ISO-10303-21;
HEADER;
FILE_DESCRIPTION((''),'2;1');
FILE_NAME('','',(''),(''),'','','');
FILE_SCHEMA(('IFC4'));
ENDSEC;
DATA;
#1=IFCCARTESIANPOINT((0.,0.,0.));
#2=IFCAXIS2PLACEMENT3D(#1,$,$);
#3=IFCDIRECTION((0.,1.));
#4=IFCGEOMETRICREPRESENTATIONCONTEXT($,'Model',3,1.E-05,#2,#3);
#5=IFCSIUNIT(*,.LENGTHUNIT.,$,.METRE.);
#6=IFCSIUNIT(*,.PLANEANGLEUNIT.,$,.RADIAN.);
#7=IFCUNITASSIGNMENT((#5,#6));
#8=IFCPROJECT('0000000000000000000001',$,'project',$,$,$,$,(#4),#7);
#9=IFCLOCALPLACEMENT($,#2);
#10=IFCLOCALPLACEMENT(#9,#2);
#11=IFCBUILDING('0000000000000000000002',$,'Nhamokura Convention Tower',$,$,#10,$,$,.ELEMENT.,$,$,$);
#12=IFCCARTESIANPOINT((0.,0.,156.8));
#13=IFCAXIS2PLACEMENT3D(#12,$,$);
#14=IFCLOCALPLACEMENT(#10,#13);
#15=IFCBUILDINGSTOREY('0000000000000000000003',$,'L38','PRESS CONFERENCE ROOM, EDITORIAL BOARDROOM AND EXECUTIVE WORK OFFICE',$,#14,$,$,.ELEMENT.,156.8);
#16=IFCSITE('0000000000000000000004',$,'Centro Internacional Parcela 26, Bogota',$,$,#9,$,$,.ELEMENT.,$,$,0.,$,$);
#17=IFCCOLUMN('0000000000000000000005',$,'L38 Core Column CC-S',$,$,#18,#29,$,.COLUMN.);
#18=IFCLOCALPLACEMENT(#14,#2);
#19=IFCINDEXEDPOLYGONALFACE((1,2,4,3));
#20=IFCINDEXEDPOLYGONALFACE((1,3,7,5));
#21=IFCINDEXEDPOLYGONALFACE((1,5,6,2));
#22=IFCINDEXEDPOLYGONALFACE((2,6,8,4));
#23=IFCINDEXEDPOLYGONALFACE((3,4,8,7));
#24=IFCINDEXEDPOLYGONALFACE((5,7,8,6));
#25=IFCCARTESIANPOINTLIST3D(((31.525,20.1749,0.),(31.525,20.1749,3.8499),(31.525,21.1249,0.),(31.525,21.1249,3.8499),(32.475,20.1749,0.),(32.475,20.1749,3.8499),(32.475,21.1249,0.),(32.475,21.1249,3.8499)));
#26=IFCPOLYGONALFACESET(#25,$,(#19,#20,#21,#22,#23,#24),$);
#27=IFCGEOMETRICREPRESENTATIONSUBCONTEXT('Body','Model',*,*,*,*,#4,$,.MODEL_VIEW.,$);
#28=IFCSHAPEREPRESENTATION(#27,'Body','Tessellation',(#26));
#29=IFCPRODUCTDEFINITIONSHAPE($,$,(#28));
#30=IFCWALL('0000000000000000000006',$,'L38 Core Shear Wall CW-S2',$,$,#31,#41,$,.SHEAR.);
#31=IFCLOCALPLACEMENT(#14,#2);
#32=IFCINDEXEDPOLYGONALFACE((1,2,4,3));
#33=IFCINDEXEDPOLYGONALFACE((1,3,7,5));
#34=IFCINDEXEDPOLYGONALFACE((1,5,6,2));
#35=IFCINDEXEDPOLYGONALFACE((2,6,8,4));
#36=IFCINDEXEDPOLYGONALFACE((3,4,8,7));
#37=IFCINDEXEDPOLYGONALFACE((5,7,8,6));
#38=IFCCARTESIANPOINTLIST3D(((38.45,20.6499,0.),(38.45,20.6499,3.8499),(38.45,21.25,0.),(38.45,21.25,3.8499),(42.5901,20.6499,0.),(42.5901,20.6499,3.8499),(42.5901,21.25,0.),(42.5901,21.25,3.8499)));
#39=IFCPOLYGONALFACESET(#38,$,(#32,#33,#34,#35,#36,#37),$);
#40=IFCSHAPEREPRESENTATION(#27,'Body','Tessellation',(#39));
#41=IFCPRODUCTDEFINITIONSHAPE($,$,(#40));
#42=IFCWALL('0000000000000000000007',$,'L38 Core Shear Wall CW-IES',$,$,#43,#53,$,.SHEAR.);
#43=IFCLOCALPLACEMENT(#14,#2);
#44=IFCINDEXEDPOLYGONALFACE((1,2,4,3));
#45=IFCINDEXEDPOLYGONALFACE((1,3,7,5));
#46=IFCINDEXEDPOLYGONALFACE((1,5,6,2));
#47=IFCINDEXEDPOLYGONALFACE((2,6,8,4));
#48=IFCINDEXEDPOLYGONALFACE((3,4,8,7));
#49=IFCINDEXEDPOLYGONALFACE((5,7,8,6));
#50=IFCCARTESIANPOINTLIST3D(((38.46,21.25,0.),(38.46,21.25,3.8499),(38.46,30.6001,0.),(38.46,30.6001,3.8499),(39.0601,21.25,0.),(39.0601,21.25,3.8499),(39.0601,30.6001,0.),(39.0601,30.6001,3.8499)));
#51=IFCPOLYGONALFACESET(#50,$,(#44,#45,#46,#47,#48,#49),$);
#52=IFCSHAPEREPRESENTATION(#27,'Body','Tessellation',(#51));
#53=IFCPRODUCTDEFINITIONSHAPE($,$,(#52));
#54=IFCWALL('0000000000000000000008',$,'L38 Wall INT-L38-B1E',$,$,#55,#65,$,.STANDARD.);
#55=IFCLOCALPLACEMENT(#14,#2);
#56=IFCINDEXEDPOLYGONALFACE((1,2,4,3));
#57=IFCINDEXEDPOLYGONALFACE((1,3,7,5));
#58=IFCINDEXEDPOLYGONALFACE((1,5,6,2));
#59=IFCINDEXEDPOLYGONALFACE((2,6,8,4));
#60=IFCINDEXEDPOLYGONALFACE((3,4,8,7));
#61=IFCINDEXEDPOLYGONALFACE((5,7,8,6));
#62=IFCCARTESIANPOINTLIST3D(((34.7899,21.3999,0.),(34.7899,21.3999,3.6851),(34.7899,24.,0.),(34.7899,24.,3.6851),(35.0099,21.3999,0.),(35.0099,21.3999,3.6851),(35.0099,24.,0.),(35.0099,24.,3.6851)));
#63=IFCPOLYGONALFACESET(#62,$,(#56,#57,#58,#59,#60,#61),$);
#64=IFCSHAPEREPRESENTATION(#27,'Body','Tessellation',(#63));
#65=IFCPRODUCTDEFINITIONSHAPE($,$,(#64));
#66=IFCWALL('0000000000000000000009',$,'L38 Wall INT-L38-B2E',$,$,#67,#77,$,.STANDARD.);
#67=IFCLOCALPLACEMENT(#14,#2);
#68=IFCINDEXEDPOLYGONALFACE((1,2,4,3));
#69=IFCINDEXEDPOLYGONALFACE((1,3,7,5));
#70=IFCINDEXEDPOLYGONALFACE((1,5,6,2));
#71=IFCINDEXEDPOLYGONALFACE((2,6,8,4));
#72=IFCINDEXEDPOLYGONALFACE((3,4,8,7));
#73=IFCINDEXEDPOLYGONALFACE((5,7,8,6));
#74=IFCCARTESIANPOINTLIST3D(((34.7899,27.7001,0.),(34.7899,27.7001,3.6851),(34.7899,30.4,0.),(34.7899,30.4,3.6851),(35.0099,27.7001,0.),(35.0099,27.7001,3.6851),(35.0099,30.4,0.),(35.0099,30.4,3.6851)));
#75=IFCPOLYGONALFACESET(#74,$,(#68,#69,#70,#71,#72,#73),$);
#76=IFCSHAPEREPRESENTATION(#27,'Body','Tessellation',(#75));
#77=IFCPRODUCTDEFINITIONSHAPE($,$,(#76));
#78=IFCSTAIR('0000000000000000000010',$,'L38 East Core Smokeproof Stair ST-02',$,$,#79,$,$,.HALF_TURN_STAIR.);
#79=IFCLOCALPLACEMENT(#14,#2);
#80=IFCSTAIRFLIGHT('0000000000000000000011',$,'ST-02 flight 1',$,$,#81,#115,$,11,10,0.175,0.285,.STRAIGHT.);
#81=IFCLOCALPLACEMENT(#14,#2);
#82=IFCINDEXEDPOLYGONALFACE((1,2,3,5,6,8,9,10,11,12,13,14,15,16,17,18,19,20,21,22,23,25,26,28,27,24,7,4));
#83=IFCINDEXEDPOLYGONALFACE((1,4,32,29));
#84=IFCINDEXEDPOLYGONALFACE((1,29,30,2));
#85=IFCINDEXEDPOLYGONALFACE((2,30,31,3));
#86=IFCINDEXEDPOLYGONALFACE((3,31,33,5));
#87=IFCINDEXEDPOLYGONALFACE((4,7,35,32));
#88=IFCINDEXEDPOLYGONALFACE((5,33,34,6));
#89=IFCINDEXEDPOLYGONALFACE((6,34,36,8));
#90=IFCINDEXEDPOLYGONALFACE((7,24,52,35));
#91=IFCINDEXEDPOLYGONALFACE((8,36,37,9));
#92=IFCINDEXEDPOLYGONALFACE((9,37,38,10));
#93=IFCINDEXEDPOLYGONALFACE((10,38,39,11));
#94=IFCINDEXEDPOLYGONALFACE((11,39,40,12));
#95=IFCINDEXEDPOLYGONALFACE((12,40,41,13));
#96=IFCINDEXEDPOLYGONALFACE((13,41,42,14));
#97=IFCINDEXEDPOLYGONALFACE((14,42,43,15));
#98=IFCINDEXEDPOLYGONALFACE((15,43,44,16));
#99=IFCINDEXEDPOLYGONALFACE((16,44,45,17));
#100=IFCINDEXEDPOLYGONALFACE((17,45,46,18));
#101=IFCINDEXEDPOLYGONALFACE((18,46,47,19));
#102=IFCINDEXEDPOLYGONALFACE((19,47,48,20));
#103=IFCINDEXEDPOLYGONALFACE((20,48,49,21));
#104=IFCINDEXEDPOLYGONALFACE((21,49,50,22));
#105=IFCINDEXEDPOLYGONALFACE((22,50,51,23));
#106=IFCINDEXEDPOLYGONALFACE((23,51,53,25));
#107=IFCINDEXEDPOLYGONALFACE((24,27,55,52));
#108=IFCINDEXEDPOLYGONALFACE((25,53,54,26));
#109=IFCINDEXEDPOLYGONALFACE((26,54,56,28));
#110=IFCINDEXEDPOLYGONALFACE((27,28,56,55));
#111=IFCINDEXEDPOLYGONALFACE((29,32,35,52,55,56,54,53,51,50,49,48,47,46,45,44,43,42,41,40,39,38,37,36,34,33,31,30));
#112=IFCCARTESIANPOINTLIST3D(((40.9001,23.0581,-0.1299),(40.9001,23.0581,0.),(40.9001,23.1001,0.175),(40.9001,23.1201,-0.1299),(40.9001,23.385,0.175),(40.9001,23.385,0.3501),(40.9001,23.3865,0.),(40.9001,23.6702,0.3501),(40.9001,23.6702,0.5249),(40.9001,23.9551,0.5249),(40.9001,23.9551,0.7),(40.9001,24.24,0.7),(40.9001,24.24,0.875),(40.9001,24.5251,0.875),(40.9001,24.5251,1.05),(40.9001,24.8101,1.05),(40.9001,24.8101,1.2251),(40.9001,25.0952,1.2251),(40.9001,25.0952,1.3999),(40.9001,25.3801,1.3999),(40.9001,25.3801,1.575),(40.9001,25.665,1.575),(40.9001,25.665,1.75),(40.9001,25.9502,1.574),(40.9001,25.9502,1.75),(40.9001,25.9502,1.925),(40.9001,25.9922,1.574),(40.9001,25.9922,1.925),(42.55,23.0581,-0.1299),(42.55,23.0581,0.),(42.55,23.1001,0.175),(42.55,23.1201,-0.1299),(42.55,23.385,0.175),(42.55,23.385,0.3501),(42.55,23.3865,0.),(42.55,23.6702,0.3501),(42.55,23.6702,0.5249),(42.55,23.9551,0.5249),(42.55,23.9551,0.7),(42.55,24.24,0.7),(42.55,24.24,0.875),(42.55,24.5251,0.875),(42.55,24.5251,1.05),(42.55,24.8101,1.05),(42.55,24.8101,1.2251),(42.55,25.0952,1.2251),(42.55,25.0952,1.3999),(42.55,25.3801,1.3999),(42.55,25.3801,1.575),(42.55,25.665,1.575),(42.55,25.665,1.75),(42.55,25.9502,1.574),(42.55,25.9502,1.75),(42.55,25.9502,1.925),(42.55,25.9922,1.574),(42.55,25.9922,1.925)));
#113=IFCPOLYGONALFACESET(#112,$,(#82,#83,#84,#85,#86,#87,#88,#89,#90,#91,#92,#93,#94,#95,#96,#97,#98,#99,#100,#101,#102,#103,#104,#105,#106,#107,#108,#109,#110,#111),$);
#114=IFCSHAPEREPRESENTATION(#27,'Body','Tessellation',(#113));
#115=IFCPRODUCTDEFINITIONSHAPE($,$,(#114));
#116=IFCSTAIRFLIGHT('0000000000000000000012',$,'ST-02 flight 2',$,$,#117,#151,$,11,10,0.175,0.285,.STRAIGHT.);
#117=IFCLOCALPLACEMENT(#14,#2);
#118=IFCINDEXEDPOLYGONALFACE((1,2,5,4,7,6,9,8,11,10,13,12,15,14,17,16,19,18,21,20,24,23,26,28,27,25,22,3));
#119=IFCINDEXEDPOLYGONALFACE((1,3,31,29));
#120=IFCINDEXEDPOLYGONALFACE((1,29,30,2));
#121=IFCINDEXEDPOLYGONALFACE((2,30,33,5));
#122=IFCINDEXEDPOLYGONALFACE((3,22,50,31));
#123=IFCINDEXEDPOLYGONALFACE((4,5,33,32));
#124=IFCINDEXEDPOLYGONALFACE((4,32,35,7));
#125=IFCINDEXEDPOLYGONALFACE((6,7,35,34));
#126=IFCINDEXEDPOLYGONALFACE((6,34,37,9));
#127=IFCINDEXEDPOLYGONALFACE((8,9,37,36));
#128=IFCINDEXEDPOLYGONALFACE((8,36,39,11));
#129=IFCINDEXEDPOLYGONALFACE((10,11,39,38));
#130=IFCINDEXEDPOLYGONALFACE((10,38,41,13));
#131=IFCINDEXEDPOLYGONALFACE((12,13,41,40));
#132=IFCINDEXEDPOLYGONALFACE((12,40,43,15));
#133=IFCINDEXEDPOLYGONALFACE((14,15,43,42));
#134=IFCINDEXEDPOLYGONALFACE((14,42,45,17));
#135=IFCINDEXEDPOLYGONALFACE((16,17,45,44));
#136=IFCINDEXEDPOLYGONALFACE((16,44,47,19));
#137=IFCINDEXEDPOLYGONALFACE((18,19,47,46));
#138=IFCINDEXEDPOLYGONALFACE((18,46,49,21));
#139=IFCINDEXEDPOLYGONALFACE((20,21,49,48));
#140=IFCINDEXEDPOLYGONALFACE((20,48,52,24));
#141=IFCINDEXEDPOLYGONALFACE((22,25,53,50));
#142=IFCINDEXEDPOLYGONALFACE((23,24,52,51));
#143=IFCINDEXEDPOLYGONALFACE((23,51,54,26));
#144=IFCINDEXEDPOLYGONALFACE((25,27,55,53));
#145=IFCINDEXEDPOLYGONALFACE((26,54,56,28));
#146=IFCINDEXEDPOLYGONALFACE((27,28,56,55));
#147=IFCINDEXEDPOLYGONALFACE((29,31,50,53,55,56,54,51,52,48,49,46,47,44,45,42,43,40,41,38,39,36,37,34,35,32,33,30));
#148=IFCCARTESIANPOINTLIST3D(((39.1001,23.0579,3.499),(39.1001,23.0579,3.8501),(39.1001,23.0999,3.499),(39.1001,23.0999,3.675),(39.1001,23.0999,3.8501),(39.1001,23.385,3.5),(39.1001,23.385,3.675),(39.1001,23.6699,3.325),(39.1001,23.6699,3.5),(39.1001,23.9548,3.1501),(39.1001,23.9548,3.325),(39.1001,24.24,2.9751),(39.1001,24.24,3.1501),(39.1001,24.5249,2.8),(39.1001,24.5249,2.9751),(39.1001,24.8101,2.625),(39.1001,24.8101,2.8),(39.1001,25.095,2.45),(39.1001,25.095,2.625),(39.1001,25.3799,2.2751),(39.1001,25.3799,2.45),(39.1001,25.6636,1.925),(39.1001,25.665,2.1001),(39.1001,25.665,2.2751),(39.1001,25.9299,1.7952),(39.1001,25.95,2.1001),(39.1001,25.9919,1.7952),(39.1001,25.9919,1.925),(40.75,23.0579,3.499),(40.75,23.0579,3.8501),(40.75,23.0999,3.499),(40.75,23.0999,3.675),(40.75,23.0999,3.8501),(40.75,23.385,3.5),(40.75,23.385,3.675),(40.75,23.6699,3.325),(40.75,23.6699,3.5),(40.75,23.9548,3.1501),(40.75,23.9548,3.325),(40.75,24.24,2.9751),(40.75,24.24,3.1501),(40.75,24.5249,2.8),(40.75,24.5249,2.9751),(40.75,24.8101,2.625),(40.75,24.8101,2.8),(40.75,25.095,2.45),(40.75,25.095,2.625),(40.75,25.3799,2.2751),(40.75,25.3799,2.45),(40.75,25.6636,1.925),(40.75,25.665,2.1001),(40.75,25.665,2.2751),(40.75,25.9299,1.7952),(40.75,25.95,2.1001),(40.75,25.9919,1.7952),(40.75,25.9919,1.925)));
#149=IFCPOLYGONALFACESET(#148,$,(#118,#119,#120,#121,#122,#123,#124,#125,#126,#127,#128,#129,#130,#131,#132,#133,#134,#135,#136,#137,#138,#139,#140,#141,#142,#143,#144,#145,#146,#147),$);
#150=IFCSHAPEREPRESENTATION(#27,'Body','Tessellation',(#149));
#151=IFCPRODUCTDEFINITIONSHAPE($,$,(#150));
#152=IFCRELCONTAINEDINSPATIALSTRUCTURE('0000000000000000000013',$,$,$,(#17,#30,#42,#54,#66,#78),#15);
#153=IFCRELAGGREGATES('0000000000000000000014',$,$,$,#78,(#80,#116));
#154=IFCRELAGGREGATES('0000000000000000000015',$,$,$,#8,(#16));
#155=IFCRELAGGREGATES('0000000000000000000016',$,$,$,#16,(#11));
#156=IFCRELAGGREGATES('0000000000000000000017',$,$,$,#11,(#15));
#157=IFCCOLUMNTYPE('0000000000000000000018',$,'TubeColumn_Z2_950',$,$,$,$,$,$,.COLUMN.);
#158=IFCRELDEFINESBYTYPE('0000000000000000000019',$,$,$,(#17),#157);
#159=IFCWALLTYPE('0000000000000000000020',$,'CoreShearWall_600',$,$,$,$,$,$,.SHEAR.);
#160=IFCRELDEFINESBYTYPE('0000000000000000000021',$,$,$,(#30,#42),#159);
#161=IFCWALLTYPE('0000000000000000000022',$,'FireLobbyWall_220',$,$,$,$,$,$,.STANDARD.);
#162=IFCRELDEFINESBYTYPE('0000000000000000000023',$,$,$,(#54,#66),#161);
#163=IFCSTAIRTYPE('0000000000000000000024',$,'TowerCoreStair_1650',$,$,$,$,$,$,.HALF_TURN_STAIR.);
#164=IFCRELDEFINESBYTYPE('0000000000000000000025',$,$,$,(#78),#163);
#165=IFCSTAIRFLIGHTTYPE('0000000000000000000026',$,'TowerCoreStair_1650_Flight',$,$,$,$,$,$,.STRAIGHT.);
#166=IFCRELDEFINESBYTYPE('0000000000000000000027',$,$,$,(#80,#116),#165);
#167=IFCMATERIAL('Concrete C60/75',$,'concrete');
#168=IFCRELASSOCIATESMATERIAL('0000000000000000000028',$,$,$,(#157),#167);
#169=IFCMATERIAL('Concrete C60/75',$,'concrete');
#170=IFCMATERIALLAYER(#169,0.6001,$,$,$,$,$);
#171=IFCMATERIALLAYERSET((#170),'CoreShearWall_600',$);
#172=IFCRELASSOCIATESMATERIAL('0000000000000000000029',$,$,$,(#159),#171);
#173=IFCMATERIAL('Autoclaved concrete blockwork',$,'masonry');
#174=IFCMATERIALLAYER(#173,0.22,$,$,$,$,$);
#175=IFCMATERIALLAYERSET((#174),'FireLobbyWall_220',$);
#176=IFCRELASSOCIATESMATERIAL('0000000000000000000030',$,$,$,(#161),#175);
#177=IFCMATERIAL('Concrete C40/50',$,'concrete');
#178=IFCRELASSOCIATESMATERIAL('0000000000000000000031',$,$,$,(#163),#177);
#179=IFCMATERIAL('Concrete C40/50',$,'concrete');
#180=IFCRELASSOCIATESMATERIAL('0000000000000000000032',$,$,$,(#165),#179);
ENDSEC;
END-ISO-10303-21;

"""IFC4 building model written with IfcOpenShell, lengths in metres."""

from ifc_helpers import new_model, si_unit, direction, frame, frame_2d, origin, origin_2d, place, context, subcontext, project, spatial, polyline, rectangle, outline, extrude, material, layer, layer_set, material_profile, profile_set, type_object, element, aggregate, save


model = new_model("IFC4")

# Units and contexts
model_context = context("Model", 3, precision=1e-05, world=origin(), true_north=direction((0.0, 1.0)))
body_context = subcontext(model_context, "Body", "Model", "MODEL_VIEW")
ifc_project = project(units=[si_unit("LENGTHUNIT", "METRE"), si_unit("PLANEANGLEUNIT", "RADIAN")], contexts=[model_context])

# Site, building, storey
site_placement = place(None, origin())
site = spatial("IfcSite", under=ifc_project, at=site_placement, Name="Centro Internacional Parcela 26, Bogota", CompositionType="ELEMENT", RefElevation=0.0)
building_placement = place(site_placement, origin())
building = spatial("IfcBuilding", under=site, at=building_placement, Name="Nhamokura Convention Tower", CompositionType="ELEMENT")
storey_placement = place(building_placement, frame((0.0, 0.0, 156.8)))
storey = spatial("IfcBuildingStorey", under=building, at=storey_placement, Name="L38", Description="PRESS CONFERENCE ROOM, EDITORIAL BOARDROOM AND EXECUTIVE WORK OFFICE", CompositionType="ELEMENT", Elevation=156.8)

# Column
ifc_material_1 = material(Name="Concrete C60/75", Category="concrete")
ifc_material_profile = material_profile(ifc_material_1, rectangle(XDim=0.95, YDim=0.95, at=origin_2d()))
ifc_profile_set = profile_set([ifc_material_profile], Name="Concrete C60/75")
column_type = type_object("IfcColumnType", Name="TubeColumn_Z2_950", PredefinedType="COLUMN", material=ifc_profile_set)
column_placement = place(storey_placement, frame((32.0, 20.6499, 0.0), z_axis=(0.0, 0.0, 1.0), x_axis=(1.0, 0.0, 0.0)))
element("IfcColumn", 1, at=column_placement, inside=storey, type_object=column_type, Name="L38 Core Column CC-S", PredefinedType="COLUMN", context=body_context, shape_type="SweptSolid", body=[
    extrude(rectangle(XDim=0.95, YDim=0.95, at=origin_2d()), origin(), (0.0, 0.0, 1.0), 3.8499),
])

# Shared definitions
ifc_material_2 = material(Name="Concrete C60/75", Category="concrete")
ifc_layer_1 = layer(ifc_material_2, 0.6001)
ifc_layer_set_1 = layer_set([ifc_layer_1], Name="CoreShearWall_600")
wall_type_1 = type_object("IfcWallType", Name="CoreShearWall_600", PredefinedType="SHEAR", material=ifc_layer_set_1)

# Walls
wall_1_placement = place(storey_placement, frame((38.45, 20.95, 0.0), z_axis=(0.0, 0.0, 1.0), x_axis=(1.0, 0.0, 0.0)))
element("IfcWall", 2, at=wall_1_placement, inside=storey, type_object=wall_type_1, Name="L38 Core Shear Wall CW-S2", PredefinedType="SHEAR", context=body_context, shape_type="SweptSolid", body=[
    extrude(rectangle(XDim=4.1401, YDim=0.6001, at=frame_2d((2.0701, 0.0))), origin(), (0.0, 0.0, 1.0), 3.8499),
])
wall_2_placement = place(storey_placement, frame((38.76, 21.25, 0.0), z_axis=(0.0, 0.0, 1.0), x_axis=(0.0, 1.0, 0.0)))
element("IfcWall", 3, at=wall_2_placement, inside=storey, type_object=wall_type_1, Name="L38 Core Shear Wall CW-IES", PredefinedType="SHEAR", context=body_context, shape_type="SweptSolid", body=[
    extrude(rectangle(XDim=9.3501, YDim=0.6001, at=frame_2d((4.675, 0.0))), origin(), (0.0, 0.0, 1.0), 3.8499),
])

# Shared definitions
ifc_material_3 = material(Name="Autoclaved concrete blockwork", Category="masonry")
ifc_layer_2 = layer(ifc_material_3, 0.22)
ifc_layer_set_2 = layer_set([ifc_layer_2], Name="FireLobbyWall_220")
wall_type_2 = type_object("IfcWallType", Name="FireLobbyWall_220", PredefinedType="STANDARD", material=ifc_layer_set_2)

# Walls
wall_3_placement = place(storey_placement, frame((34.8999, 21.3999, 0.0), z_axis=(0.0, 0.0, 1.0), x_axis=(0.0, 1.0, 0.0)))
element("IfcWall", 4, at=wall_3_placement, inside=storey, type_object=wall_type_2, Name="L38 Wall INT-L38-B1E", PredefinedType="STANDARD", context=body_context, shape_type="SweptSolid", body=[
    extrude(rectangle(XDim=2.6001, YDim=0.22, at=frame_2d((1.3, 0.0))), origin(), (0.0, 0.0, 1.0), 3.6851),
])
wall_4_placement = place(storey_placement, frame((34.8999, 27.7, 0.0), z_axis=(0.0, 0.0, 1.0), x_axis=(0.0, 1.0, 0.0)))
element("IfcWall", 5, at=wall_4_placement, inside=storey, type_object=wall_type_2, Name="L38 Wall INT-L38-B2E", PredefinedType="STANDARD", context=body_context, shape_type="SweptSolid", body=[
    extrude(rectangle(XDim=2.7, YDim=0.22, at=frame_2d((1.3501, 0.0))), origin(), (0.0, 0.0, 1.0), 3.6851),
])

# Stair, stair flights
ifc_material_4 = material(Name="Concrete C40/50", Category="concrete")
stair_type = type_object("IfcStairType", Name="TowerCoreStair_1650", PredefinedType="HALF_TURN_STAIR", material=ifc_material_4)
stair_placement = place(storey_placement, origin())
stair = element("IfcStair", 6, at=stair_placement, inside=storey, type_object=stair_type, Name="L38 East Core Smokeproof Stair ST-02", PredefinedType="HALF_TURN_STAIR")
ifc_material_5 = material(Name="Concrete C40/50", Category="concrete")
stair_flight_type = type_object("IfcStairFlightType", Name="TowerCoreStair_1650_Flight", PredefinedType="STRAIGHT", material=ifc_material_5)
stair_flight_1_placement = place(storey_placement, frame((41.7251, 23.1001, 0.0), z_axis=(0.0, 0.0, 1.0), x_axis=(0.0, 1.0, 0.0)))
stair_flight_1 = element("IfcStairFlight", 7, at=stair_flight_1_placement, type_object=stair_flight_type, Name="ST-02 flight 1", NumberOfRisers=11, NumberOfTreads=10, PredefinedType="STRAIGHT", RiserHeight=0.175, TreadLength=0.285, context=body_context, shape_type="SweptSolid", body=[
    extrude(outline(polyline([(-0.042, 0.0), (0.0, 0.175), (0.2849, 0.175), (0.2849, 0.3501), (0.5701, 0.3501), (0.5701, 0.5249), (0.855, 0.5249), (0.855, 0.7), (1.1399, 0.7), (1.1399, 0.875), (1.425, 0.875), (1.425, 1.05), (1.71, 1.05), (1.71, 1.2251), (1.9951, 1.2251), (1.9951, 1.3999), (2.28, 1.3999), (2.28, 1.575), (2.5649, 1.575), (2.5649, 1.75), (2.8501, 1.75), (2.8501, 1.925), (2.8921, 1.925), (2.8921, 1.574), (2.8501, 1.574), (0.2864, 0.0), (0.02, -0.1299), (-0.042, -0.1299), (-0.042, 0.0)])), frame((0.0, 0.825, 0.0), z_axis=(0.0, -1.0, 0.0), x_axis=(1.0, 0.0, 0.0)), (0.0, 0.0, 1.0), 1.6499),
])
stair_flight_2_placement = place(storey_placement, frame((39.925, 25.95, 1.925), z_axis=(0.0, 0.0, 1.0), x_axis=(0.0, -1.0, 0.0)))
stair_flight_2 = element("IfcStairFlight", 8, at=stair_flight_2_placement, type_object=stair_flight_type, Name="ST-02 flight 2", NumberOfRisers=11, NumberOfTreads=10, PredefinedType="STRAIGHT", RiserHeight=0.175, TreadLength=0.285, context=body_context, shape_type="SweptSolid", body=[
    extrude(outline(polyline([(-0.042, 0.0), (0.0, 0.175), (0.2849, 0.175), (0.2849, 0.3501), (0.5701, 0.3501), (0.5701, 0.5249), (0.855, 0.5249), (0.855, 0.7), (1.1399, 0.7), (1.1399, 0.875), (1.425, 0.875), (1.425, 1.05), (1.71, 1.05), (1.71, 1.2251), (1.9951, 1.2251), (1.9951, 1.3999), (2.28, 1.3999), (2.28, 1.575), (2.5649, 1.575), (2.5649, 1.75), (2.8501, 1.75), (2.8501, 1.925), (2.8921, 1.925), (2.8921, 1.574), (2.8501, 1.574), (0.2864, 0.0), (0.02, -0.1299), (-0.042, -0.1299), (-0.042, 0.0)])), frame((0.0, 0.825, 0.0), z_axis=(0.0, -1.0, 0.0), x_axis=(1.0, 0.0, 0.0)), (0.0, 0.0, 1.0), 1.6499),
])
aggregate(stair, [stair_flight_1, stair_flight_2])

save(model, "model.ifc")
